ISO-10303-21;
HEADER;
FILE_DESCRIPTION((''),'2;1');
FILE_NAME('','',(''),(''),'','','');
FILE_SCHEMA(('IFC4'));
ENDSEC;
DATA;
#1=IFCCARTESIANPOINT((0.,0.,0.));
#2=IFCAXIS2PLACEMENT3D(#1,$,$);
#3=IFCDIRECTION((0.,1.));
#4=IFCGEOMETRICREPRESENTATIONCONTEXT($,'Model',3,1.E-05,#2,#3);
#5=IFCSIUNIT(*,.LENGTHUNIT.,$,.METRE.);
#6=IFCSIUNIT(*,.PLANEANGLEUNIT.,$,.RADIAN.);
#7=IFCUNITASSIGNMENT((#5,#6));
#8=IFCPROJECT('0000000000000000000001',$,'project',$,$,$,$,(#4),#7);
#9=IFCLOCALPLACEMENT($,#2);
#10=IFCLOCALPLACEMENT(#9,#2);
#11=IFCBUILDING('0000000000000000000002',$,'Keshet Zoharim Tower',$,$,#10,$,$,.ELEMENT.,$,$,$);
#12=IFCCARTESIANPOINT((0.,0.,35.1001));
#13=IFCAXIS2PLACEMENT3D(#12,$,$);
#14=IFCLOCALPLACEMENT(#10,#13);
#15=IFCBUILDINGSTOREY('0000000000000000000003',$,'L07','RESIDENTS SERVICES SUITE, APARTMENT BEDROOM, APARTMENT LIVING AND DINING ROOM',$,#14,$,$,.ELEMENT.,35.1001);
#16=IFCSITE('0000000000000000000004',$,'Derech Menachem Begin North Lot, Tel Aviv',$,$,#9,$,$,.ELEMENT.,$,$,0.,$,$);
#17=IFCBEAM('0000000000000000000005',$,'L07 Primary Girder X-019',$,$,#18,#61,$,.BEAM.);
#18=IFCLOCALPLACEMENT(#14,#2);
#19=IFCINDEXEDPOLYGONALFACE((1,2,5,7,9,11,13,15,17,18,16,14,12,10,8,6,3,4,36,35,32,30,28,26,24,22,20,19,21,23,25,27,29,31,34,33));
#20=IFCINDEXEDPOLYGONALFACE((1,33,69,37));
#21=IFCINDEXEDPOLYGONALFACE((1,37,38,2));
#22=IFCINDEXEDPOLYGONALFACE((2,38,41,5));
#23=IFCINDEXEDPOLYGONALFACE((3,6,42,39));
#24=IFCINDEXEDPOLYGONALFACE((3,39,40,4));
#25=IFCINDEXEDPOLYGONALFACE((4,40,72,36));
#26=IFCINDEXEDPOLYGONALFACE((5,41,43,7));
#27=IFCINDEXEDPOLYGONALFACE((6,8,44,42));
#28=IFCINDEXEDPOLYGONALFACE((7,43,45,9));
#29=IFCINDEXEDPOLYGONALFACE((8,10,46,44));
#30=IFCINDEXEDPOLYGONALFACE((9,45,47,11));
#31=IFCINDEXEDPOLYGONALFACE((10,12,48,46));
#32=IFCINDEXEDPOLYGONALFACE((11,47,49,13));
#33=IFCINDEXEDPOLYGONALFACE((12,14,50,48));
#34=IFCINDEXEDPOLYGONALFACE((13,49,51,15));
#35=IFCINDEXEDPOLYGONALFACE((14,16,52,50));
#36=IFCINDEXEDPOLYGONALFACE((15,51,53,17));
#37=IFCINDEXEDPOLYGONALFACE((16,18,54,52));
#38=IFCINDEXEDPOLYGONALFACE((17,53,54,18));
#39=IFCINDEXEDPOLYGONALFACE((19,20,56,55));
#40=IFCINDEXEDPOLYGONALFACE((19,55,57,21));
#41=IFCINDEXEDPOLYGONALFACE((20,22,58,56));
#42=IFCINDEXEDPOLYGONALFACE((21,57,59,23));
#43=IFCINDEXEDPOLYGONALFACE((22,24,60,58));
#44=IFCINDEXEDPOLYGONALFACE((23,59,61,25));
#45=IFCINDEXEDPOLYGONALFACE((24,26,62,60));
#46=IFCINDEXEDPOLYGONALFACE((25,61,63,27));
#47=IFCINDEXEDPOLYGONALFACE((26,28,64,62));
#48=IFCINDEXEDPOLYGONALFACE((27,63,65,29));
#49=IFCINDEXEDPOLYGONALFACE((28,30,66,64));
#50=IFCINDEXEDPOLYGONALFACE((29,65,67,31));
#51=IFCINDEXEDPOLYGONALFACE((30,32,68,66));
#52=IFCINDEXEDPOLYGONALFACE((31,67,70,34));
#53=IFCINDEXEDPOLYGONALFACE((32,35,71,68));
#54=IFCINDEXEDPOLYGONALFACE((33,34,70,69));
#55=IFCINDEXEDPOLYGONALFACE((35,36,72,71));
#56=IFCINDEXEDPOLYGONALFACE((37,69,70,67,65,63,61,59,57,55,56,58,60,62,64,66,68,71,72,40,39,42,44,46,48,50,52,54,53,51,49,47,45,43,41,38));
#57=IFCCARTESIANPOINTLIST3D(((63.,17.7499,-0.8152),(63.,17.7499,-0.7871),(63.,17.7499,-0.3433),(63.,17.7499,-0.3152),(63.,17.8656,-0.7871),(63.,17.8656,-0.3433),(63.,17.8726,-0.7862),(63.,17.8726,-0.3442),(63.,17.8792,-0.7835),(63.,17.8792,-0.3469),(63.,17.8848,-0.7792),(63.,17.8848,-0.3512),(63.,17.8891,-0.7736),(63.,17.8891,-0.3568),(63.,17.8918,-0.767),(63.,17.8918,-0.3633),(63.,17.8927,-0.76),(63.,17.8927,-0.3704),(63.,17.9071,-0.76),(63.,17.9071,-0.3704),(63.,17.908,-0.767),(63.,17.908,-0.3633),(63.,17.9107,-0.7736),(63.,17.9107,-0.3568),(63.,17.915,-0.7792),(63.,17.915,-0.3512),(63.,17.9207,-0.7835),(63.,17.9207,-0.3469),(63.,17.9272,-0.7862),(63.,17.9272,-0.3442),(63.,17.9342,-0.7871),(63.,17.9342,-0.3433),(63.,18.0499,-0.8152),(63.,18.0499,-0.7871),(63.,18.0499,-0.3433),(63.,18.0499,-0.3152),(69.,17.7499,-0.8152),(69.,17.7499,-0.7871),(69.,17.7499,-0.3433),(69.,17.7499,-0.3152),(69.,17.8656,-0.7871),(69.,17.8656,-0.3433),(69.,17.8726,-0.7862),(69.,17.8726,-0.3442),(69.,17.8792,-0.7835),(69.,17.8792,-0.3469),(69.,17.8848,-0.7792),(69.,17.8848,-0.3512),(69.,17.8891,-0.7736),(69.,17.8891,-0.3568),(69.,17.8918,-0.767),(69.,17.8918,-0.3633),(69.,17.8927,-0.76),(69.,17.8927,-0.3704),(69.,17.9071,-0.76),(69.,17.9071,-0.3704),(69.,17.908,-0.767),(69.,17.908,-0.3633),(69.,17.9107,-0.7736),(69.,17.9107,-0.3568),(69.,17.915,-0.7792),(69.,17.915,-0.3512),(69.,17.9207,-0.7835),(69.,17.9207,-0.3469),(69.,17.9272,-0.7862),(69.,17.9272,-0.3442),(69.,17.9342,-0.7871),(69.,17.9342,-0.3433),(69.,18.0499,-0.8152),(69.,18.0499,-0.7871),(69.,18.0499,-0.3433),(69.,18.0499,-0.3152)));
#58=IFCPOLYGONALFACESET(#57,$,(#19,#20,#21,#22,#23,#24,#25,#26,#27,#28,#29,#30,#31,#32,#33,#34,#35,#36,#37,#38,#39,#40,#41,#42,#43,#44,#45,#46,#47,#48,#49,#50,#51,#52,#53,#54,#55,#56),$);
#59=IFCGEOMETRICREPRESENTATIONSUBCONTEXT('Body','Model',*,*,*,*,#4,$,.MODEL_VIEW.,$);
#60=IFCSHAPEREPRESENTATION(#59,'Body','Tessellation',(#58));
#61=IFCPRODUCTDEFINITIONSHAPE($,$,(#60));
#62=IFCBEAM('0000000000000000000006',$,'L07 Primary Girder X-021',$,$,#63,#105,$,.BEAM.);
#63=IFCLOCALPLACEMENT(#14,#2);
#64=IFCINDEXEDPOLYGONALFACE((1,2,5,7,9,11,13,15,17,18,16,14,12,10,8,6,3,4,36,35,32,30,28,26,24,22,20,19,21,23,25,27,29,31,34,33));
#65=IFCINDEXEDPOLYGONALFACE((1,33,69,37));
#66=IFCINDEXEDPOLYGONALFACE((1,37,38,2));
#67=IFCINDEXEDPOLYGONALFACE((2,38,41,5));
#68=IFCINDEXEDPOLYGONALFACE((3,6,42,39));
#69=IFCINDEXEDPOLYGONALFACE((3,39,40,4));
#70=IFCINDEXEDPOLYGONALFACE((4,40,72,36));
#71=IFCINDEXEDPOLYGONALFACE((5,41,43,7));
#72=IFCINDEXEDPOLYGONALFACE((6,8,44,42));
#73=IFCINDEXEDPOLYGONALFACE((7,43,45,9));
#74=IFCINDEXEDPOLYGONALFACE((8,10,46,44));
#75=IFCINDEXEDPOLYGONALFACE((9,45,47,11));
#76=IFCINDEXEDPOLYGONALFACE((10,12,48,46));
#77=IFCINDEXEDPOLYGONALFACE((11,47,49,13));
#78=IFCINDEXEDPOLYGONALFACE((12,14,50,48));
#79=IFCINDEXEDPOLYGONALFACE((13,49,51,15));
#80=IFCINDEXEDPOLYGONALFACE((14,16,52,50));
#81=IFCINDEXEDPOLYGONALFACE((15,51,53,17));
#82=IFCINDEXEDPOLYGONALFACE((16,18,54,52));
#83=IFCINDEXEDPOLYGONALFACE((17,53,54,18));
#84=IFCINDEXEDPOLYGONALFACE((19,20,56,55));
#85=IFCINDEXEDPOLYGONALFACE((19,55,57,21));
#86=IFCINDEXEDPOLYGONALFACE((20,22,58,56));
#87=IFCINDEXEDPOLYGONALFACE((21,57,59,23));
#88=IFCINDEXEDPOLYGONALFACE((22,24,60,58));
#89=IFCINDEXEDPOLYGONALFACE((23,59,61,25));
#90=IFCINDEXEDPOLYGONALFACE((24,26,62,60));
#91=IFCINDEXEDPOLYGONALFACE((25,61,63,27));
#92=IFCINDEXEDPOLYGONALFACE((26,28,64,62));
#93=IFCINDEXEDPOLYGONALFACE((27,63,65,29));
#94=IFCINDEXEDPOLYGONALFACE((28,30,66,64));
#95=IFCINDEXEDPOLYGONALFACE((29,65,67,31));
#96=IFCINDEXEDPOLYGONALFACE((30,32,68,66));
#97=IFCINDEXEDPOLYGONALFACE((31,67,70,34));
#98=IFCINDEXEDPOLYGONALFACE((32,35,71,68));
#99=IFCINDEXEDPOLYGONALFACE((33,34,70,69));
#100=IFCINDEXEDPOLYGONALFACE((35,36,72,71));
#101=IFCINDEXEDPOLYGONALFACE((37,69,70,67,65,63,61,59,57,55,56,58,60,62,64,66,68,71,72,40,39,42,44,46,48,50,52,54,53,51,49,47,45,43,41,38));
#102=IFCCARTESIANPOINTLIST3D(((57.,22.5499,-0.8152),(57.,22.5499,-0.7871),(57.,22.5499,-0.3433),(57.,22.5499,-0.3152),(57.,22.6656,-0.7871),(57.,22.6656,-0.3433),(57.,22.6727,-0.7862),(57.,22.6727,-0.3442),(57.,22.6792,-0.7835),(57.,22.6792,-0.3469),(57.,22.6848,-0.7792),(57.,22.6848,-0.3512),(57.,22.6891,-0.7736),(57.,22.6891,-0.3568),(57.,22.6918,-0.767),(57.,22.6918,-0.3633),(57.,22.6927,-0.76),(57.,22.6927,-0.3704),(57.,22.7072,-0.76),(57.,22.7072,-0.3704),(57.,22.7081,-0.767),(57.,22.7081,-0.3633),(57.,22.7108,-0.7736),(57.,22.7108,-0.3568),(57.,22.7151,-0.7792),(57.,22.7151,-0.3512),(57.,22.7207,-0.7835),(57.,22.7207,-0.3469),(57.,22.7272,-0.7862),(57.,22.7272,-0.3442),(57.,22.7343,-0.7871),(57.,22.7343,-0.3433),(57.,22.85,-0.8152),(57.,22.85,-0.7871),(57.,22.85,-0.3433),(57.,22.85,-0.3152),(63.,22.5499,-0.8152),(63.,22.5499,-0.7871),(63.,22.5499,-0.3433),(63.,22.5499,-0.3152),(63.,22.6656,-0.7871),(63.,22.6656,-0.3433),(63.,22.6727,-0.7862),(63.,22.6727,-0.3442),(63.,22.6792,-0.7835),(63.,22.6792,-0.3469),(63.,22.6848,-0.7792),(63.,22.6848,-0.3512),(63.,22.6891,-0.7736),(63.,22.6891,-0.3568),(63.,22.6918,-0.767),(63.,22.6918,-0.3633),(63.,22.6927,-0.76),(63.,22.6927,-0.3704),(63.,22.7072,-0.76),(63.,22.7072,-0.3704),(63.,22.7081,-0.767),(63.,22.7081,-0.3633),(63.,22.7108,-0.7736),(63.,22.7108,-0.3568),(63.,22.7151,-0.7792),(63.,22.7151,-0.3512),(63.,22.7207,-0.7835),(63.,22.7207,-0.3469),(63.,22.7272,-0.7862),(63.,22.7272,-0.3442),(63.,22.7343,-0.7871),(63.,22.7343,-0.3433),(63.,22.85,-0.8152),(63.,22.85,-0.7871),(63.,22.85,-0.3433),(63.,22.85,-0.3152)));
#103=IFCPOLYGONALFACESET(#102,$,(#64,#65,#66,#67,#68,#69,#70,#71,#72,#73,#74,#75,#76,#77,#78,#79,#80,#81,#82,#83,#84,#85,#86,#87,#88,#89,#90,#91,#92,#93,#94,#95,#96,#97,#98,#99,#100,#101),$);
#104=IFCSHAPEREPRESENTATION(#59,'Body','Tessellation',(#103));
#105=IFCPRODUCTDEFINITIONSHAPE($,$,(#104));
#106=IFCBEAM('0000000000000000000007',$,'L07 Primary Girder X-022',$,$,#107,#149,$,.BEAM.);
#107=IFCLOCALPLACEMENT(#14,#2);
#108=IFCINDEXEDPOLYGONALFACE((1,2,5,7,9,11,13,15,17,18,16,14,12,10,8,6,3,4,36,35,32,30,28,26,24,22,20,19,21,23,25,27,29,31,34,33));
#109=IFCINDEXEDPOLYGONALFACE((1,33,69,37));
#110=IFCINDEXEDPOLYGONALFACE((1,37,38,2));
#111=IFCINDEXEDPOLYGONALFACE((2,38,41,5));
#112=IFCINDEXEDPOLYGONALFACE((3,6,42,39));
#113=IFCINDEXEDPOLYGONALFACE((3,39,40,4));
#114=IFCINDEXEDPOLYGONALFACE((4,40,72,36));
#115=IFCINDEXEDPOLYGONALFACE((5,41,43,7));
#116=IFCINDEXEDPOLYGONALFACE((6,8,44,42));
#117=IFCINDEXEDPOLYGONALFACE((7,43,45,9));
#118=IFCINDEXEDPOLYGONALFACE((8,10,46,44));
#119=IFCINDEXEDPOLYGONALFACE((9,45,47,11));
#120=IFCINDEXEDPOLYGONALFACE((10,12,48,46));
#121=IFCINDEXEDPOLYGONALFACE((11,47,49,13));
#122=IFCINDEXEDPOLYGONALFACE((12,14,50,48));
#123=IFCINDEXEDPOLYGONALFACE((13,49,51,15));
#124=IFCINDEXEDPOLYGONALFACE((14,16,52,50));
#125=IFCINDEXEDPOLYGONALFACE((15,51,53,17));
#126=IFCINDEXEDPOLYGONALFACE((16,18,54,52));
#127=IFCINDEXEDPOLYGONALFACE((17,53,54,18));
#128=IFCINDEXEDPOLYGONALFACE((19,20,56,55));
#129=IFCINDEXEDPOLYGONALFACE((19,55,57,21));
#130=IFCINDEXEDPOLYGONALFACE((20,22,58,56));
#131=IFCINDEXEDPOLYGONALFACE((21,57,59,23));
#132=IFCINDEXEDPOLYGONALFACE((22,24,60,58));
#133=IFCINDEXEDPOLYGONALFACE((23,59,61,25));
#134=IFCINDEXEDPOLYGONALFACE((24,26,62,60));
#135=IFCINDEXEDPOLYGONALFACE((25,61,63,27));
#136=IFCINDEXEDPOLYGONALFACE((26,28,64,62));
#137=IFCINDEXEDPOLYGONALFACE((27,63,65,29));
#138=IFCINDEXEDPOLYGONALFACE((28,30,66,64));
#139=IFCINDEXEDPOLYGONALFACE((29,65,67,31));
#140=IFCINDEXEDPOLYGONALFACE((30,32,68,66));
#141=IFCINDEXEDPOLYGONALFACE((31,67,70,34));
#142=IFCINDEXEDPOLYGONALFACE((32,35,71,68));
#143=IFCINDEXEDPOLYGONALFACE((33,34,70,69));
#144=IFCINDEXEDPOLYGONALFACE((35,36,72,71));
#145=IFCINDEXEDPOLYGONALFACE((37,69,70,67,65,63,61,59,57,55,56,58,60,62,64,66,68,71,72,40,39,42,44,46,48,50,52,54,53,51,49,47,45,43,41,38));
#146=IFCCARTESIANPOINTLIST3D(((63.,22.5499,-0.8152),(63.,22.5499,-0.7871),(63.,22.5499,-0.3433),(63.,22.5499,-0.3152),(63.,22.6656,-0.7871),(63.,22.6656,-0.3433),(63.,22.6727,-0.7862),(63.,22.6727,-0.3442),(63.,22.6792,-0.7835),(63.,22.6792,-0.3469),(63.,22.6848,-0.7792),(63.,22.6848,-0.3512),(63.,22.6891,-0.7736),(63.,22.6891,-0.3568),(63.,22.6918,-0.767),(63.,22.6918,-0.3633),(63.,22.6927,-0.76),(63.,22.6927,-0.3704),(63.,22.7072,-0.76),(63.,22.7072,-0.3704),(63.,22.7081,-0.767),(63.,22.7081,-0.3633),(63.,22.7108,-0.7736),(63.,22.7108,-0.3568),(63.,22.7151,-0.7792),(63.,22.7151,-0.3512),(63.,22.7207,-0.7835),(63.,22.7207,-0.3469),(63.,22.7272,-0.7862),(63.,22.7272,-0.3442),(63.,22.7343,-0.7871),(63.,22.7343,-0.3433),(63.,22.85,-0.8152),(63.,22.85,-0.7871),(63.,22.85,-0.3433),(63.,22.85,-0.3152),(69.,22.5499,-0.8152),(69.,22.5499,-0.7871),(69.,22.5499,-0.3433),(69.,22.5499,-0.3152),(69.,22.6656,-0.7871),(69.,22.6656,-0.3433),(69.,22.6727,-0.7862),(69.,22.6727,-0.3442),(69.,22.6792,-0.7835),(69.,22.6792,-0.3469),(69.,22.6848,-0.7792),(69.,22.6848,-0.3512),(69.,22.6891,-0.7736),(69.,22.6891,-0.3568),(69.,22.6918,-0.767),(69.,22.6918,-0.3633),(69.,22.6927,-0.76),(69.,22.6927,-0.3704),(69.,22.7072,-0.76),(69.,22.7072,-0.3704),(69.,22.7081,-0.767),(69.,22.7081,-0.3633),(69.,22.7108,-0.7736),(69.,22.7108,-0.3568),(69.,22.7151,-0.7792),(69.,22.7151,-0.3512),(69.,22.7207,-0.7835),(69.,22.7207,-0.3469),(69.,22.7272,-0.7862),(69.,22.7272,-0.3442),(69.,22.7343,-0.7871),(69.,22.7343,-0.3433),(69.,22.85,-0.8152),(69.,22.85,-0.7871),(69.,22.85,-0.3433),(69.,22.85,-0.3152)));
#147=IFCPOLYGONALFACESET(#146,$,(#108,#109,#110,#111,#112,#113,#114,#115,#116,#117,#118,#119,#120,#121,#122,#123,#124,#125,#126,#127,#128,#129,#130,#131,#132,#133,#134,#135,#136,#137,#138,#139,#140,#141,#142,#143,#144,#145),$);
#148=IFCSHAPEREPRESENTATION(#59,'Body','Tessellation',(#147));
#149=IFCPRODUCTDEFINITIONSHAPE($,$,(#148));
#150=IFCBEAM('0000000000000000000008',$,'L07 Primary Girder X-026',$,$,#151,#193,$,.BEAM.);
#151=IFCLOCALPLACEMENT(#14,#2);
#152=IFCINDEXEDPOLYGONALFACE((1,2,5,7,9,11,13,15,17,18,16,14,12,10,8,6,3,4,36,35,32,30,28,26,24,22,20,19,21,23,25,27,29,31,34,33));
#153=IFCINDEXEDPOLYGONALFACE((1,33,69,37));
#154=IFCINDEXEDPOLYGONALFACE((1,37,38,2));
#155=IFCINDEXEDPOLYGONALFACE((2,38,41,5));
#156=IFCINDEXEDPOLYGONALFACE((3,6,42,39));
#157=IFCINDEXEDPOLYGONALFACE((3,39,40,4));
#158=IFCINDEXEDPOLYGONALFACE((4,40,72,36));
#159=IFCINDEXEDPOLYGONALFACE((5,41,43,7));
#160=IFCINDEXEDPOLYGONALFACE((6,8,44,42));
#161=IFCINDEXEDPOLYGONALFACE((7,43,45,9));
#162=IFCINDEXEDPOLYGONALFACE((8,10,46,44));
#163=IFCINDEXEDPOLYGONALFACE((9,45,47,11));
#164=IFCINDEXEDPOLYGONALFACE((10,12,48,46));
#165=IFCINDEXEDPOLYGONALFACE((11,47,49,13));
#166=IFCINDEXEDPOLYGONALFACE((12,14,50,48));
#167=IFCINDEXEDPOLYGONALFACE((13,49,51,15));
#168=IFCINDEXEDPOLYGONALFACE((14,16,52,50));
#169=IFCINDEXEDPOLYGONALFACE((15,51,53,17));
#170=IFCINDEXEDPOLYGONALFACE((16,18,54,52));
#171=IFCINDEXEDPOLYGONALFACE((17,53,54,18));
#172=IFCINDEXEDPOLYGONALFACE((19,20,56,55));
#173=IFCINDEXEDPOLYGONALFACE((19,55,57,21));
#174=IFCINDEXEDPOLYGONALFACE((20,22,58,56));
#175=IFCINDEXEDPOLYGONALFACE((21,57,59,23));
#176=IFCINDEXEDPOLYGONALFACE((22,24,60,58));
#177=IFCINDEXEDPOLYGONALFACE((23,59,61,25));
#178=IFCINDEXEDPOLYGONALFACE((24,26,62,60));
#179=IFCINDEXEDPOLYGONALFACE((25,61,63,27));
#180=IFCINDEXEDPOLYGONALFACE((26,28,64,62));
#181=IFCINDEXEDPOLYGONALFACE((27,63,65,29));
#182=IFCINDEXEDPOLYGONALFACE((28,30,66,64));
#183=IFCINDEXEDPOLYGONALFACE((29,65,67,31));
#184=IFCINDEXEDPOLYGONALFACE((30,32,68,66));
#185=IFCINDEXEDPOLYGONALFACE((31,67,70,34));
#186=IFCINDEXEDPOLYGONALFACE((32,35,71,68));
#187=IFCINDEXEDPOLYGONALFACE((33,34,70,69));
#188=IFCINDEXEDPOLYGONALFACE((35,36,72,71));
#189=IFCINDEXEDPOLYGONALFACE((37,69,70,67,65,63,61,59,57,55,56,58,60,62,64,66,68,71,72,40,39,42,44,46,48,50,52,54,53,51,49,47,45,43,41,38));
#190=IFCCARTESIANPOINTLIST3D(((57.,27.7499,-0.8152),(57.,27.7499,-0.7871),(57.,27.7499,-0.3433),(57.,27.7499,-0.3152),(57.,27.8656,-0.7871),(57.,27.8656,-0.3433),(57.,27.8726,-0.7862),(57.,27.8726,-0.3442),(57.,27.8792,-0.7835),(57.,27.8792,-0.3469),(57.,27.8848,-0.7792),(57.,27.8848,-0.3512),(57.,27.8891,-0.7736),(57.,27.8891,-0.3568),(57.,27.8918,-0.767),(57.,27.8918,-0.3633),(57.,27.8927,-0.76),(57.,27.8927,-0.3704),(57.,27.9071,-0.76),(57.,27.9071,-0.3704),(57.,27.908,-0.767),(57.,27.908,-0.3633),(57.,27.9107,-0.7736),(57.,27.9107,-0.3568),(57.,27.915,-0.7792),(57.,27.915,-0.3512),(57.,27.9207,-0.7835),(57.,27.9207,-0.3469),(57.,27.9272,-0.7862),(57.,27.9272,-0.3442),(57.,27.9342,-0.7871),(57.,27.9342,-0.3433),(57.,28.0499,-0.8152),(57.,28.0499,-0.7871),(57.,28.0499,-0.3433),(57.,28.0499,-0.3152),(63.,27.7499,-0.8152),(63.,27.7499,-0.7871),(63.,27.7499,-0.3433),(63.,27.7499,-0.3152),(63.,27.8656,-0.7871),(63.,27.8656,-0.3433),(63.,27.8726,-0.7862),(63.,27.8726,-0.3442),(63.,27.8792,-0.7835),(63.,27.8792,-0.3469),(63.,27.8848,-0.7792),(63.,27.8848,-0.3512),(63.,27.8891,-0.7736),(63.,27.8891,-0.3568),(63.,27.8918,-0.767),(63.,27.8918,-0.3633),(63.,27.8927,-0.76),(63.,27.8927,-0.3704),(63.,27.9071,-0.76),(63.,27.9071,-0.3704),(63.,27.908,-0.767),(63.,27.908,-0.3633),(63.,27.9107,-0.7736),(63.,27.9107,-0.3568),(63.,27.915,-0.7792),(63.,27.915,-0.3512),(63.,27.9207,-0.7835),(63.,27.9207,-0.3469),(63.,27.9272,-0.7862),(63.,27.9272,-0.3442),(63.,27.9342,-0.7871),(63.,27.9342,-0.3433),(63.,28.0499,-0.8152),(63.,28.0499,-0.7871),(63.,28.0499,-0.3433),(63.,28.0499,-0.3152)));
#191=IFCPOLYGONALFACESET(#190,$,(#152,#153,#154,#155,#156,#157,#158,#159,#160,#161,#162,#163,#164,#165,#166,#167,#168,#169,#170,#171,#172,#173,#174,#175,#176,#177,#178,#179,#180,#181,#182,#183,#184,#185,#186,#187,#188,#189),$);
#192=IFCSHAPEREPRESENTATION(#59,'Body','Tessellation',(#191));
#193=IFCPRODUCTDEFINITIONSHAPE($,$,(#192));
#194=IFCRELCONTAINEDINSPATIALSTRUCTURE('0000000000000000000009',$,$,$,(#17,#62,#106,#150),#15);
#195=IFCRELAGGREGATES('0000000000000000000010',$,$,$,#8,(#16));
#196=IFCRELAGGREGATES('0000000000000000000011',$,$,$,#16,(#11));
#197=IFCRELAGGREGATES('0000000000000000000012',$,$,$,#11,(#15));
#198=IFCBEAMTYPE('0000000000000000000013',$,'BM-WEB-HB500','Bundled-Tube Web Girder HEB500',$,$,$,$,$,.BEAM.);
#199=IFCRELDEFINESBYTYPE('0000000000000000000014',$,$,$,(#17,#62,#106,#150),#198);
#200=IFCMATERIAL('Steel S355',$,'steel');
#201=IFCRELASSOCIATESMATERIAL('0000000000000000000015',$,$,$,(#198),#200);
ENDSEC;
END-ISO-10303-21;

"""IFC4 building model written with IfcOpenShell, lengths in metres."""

from ifc_helpers import new_model, si_unit, direction, frame, origin, origin_2d, place, context, subcontext, project, spatial, i_section, extrude, material, material_profile, profile_set, type_object, element, save


model = new_model("IFC4")

# Units and contexts
model_context = context("Model", 3, precision=1e-05, world=origin(), true_north=direction((0.0, 1.0)))
body_context = subcontext(model_context, "Body", "Model", "MODEL_VIEW")
ifc_project = project(units=[si_unit("LENGTHUNIT", "METRE"), si_unit("PLANEANGLEUNIT", "RADIAN")], contexts=[model_context])

# Site, building, storey
site_placement = place(None, origin())
site = spatial("IfcSite", under=ifc_project, at=site_placement, Name="Derech Menachem Begin North Lot, Tel Aviv", CompositionType="ELEMENT", RefElevation=0.0)
building_placement = place(site_placement, origin())
building = spatial("IfcBuilding", under=site, at=building_placement, Name="Keshet Zoharim Tower", CompositionType="ELEMENT")
storey_placement = place(building_placement, frame((0.0, 0.0, 35.1001)))
storey = spatial("IfcBuildingStorey", under=building, at=storey_placement, Name="L07", Description="RESIDENTS SERVICES SUITE, APARTMENT BEDROOM, APARTMENT LIVING AND DINING ROOM", CompositionType="ELEMENT", Elevation=35.1001)

# Shared definitions
ifc_material_1 = material(Name="Steel S355", Category="steel")

# Beams
ifc_material_profile_1 = material_profile(ifc_material_1, i_section(OverallWidth=0.3, OverallDepth=0.5, WebThickness=0.0144, FlangeThickness=0.0281, FilletRadius=0.0271, at=origin_2d()), Name="HEB500")
ifc_profile_set_1 = profile_set([ifc_material_profile_1], Name="Steel S355")
beam_type_1 = type_object("IfcBeamType", Name="BM-WEB-HB500", Description="Bundled-Tube Web Girder HEB500", PredefinedType="BEAM", material=ifc_profile_set_1)
for number, where, z_axis, x_axis, name in (
    (1, (63.0, 17.8999, -0.5652), (1.0, 0.0, 0.0), (0.0, 1.0, 0.0), "L07 Primary Girder X-019"),
    (2, (57.0, 22.7, -0.5652), (1.0, 0.0, 0.0), (0.0, 1.0, 0.0), "L07 Primary Girder X-021"),
    (3, (63.0, 22.7, -0.5652), (1.0, 0.0, 0.0), (0.0, 1.0, 0.0), "L07 Primary Girder X-022"),
    (4, (57.0, 27.8999, -0.5652), (1.0, 0.0, 0.0), (0.0, 1.0, 0.0), "L07 Primary Girder X-026"),
):
    element("IfcBeam", number, at=place(storey_placement, frame(where, z_axis=z_axis, x_axis=x_axis)), inside=storey, type_object=beam_type_1, Name=name, PredefinedType="BEAM", context=body_context, shape_type="SweptSolid", body=[
        extrude(i_section(OverallWidth=0.3, OverallDepth=0.5, WebThickness=0.0144, FlangeThickness=0.0281, FilletRadius=0.0271, at=origin_2d()), origin(), (0.0, 0.0, 1.0), 6.0),
    ])

save(model, "model.ifc")
